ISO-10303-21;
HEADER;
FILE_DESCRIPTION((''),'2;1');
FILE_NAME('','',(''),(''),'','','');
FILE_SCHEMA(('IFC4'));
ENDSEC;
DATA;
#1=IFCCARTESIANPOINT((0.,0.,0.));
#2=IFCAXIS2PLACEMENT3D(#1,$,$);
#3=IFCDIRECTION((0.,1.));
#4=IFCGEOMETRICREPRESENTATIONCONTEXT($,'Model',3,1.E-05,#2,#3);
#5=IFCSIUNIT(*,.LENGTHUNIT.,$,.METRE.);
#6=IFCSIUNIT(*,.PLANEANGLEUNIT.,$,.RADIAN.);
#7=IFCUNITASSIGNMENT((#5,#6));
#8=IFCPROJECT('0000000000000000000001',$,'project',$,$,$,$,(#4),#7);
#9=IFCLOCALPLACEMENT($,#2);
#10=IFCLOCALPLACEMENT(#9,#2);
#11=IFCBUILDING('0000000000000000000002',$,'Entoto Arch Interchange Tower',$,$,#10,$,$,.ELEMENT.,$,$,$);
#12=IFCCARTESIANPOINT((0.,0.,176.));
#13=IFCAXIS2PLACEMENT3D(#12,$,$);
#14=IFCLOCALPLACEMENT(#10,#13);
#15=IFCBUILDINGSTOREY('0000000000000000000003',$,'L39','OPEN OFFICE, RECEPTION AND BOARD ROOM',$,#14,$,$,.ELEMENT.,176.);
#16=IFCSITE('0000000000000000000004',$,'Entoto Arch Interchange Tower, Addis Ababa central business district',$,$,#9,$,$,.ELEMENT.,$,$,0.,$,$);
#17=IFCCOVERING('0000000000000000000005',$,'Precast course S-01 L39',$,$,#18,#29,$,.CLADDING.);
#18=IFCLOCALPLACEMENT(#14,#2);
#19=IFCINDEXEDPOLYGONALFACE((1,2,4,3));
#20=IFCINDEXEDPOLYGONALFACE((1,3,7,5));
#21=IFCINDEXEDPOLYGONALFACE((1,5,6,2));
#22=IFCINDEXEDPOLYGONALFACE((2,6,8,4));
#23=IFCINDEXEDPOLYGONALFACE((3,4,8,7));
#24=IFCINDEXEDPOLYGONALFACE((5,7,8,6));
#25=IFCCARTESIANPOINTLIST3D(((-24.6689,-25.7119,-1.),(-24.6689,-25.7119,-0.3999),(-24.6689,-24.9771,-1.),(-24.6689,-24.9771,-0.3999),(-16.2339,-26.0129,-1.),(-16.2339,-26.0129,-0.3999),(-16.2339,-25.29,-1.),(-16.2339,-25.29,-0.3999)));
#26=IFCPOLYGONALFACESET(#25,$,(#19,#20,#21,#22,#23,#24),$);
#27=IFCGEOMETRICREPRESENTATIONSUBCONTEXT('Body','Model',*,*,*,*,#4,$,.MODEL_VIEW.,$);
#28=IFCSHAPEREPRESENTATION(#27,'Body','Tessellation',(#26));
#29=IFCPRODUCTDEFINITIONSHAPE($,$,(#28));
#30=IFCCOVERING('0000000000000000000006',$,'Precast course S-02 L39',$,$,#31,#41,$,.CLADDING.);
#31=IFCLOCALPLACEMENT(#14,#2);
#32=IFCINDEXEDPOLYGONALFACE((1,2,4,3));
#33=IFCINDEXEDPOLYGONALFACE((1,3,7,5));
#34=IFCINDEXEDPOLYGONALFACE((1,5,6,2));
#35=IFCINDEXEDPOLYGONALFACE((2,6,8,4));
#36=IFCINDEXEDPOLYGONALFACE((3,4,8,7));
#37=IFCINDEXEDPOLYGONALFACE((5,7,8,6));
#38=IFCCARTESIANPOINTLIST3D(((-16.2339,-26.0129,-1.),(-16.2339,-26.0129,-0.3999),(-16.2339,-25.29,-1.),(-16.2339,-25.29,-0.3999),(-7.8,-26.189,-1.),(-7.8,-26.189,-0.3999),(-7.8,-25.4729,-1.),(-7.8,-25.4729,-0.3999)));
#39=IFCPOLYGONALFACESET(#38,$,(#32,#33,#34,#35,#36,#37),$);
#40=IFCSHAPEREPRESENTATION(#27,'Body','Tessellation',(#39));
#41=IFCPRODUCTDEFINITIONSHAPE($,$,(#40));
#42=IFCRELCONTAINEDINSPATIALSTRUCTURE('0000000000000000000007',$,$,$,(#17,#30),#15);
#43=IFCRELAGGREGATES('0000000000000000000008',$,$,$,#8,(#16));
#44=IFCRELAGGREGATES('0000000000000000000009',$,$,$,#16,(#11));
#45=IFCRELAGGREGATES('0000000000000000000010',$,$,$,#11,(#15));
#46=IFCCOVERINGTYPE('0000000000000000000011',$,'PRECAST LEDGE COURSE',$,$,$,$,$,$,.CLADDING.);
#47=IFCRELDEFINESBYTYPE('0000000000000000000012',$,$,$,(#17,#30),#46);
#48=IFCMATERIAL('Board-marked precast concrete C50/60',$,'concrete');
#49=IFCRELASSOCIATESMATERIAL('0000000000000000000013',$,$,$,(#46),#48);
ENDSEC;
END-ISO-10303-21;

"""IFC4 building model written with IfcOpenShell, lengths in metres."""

from ifc_helpers import new_model, si_unit, direction, frame, origin, place, context, subcontext, project, spatial, polyline, outline, extrude, material, type_object, element, save


model = new_model("IFC4")

# Units and contexts
model_context = context("Model", 3, precision=1e-05, world=origin(), true_north=direction((0.0, 1.0)))
body_context = subcontext(model_context, "Body", "Model", "MODEL_VIEW")
ifc_project = project(units=[si_unit("LENGTHUNIT", "METRE"), si_unit("PLANEANGLEUNIT", "RADIAN")], contexts=[model_context])

# Site, building, storey
site_placement = place(None, origin())
site = spatial("IfcSite", under=ifc_project, at=site_placement, Name="Entoto Arch Interchange Tower, Addis Ababa central business district", CompositionType="ELEMENT", RefElevation=0.0)
building_placement = place(site_placement, origin())
building = spatial("IfcBuilding", under=site, at=building_placement, Name="Entoto Arch Interchange Tower", CompositionType="ELEMENT")
storey_placement = place(building_placement, frame((0.0, 0.0, 176.0)))
storey = spatial("IfcBuildingStorey", under=building, at=storey_placement, Name="L39", Description="OPEN OFFICE, RECEPTION AND BOARD ROOM", CompositionType="ELEMENT", Elevation=176.0)

# Coverings
ifc_material_1 = material(Name="Board-marked precast concrete C50/60", Category="concrete")
covering_type = type_object("IfcCoveringType", Name="PRECAST LEDGE COURSE", PredefinedType="CLADDING", material=ifc_material_1)
covering_1_placement = place(storey_placement, frame((0.0, 0.0, -1.0)))
element("IfcCovering", 1, at=covering_1_placement, inside=storey, type_object=covering_type, Name="Precast course S-01 L39", PredefinedType="CLADDING", context=body_context, shape_type="SweptSolid", body=[
    extrude(outline(polyline([(-16.2339, -25.29), (-16.2339, -26.0129), (-24.6689, -25.7119), (-24.6689, -24.9771), (-16.2339, -25.29)])), origin(), (0.0, 0.0, 1.0), 0.6001),
])
covering_2_placement = place(storey_placement, frame((0.0, 0.0, -1.0)))
element("IfcCovering", 2, at=covering_2_placement, inside=storey, type_object=covering_type, Name="Precast course S-02 L39", PredefinedType="CLADDING", context=body_context, shape_type="SweptSolid", body=[
    extrude(outline(polyline([(-7.8, -25.4729), (-7.8, -26.189), (-16.2339, -26.0129), (-16.2339, -25.29), (-7.8, -25.4729)])), origin(), (0.0, 0.0, 1.0), 0.6001),
])

save(model, "model.ifc")
